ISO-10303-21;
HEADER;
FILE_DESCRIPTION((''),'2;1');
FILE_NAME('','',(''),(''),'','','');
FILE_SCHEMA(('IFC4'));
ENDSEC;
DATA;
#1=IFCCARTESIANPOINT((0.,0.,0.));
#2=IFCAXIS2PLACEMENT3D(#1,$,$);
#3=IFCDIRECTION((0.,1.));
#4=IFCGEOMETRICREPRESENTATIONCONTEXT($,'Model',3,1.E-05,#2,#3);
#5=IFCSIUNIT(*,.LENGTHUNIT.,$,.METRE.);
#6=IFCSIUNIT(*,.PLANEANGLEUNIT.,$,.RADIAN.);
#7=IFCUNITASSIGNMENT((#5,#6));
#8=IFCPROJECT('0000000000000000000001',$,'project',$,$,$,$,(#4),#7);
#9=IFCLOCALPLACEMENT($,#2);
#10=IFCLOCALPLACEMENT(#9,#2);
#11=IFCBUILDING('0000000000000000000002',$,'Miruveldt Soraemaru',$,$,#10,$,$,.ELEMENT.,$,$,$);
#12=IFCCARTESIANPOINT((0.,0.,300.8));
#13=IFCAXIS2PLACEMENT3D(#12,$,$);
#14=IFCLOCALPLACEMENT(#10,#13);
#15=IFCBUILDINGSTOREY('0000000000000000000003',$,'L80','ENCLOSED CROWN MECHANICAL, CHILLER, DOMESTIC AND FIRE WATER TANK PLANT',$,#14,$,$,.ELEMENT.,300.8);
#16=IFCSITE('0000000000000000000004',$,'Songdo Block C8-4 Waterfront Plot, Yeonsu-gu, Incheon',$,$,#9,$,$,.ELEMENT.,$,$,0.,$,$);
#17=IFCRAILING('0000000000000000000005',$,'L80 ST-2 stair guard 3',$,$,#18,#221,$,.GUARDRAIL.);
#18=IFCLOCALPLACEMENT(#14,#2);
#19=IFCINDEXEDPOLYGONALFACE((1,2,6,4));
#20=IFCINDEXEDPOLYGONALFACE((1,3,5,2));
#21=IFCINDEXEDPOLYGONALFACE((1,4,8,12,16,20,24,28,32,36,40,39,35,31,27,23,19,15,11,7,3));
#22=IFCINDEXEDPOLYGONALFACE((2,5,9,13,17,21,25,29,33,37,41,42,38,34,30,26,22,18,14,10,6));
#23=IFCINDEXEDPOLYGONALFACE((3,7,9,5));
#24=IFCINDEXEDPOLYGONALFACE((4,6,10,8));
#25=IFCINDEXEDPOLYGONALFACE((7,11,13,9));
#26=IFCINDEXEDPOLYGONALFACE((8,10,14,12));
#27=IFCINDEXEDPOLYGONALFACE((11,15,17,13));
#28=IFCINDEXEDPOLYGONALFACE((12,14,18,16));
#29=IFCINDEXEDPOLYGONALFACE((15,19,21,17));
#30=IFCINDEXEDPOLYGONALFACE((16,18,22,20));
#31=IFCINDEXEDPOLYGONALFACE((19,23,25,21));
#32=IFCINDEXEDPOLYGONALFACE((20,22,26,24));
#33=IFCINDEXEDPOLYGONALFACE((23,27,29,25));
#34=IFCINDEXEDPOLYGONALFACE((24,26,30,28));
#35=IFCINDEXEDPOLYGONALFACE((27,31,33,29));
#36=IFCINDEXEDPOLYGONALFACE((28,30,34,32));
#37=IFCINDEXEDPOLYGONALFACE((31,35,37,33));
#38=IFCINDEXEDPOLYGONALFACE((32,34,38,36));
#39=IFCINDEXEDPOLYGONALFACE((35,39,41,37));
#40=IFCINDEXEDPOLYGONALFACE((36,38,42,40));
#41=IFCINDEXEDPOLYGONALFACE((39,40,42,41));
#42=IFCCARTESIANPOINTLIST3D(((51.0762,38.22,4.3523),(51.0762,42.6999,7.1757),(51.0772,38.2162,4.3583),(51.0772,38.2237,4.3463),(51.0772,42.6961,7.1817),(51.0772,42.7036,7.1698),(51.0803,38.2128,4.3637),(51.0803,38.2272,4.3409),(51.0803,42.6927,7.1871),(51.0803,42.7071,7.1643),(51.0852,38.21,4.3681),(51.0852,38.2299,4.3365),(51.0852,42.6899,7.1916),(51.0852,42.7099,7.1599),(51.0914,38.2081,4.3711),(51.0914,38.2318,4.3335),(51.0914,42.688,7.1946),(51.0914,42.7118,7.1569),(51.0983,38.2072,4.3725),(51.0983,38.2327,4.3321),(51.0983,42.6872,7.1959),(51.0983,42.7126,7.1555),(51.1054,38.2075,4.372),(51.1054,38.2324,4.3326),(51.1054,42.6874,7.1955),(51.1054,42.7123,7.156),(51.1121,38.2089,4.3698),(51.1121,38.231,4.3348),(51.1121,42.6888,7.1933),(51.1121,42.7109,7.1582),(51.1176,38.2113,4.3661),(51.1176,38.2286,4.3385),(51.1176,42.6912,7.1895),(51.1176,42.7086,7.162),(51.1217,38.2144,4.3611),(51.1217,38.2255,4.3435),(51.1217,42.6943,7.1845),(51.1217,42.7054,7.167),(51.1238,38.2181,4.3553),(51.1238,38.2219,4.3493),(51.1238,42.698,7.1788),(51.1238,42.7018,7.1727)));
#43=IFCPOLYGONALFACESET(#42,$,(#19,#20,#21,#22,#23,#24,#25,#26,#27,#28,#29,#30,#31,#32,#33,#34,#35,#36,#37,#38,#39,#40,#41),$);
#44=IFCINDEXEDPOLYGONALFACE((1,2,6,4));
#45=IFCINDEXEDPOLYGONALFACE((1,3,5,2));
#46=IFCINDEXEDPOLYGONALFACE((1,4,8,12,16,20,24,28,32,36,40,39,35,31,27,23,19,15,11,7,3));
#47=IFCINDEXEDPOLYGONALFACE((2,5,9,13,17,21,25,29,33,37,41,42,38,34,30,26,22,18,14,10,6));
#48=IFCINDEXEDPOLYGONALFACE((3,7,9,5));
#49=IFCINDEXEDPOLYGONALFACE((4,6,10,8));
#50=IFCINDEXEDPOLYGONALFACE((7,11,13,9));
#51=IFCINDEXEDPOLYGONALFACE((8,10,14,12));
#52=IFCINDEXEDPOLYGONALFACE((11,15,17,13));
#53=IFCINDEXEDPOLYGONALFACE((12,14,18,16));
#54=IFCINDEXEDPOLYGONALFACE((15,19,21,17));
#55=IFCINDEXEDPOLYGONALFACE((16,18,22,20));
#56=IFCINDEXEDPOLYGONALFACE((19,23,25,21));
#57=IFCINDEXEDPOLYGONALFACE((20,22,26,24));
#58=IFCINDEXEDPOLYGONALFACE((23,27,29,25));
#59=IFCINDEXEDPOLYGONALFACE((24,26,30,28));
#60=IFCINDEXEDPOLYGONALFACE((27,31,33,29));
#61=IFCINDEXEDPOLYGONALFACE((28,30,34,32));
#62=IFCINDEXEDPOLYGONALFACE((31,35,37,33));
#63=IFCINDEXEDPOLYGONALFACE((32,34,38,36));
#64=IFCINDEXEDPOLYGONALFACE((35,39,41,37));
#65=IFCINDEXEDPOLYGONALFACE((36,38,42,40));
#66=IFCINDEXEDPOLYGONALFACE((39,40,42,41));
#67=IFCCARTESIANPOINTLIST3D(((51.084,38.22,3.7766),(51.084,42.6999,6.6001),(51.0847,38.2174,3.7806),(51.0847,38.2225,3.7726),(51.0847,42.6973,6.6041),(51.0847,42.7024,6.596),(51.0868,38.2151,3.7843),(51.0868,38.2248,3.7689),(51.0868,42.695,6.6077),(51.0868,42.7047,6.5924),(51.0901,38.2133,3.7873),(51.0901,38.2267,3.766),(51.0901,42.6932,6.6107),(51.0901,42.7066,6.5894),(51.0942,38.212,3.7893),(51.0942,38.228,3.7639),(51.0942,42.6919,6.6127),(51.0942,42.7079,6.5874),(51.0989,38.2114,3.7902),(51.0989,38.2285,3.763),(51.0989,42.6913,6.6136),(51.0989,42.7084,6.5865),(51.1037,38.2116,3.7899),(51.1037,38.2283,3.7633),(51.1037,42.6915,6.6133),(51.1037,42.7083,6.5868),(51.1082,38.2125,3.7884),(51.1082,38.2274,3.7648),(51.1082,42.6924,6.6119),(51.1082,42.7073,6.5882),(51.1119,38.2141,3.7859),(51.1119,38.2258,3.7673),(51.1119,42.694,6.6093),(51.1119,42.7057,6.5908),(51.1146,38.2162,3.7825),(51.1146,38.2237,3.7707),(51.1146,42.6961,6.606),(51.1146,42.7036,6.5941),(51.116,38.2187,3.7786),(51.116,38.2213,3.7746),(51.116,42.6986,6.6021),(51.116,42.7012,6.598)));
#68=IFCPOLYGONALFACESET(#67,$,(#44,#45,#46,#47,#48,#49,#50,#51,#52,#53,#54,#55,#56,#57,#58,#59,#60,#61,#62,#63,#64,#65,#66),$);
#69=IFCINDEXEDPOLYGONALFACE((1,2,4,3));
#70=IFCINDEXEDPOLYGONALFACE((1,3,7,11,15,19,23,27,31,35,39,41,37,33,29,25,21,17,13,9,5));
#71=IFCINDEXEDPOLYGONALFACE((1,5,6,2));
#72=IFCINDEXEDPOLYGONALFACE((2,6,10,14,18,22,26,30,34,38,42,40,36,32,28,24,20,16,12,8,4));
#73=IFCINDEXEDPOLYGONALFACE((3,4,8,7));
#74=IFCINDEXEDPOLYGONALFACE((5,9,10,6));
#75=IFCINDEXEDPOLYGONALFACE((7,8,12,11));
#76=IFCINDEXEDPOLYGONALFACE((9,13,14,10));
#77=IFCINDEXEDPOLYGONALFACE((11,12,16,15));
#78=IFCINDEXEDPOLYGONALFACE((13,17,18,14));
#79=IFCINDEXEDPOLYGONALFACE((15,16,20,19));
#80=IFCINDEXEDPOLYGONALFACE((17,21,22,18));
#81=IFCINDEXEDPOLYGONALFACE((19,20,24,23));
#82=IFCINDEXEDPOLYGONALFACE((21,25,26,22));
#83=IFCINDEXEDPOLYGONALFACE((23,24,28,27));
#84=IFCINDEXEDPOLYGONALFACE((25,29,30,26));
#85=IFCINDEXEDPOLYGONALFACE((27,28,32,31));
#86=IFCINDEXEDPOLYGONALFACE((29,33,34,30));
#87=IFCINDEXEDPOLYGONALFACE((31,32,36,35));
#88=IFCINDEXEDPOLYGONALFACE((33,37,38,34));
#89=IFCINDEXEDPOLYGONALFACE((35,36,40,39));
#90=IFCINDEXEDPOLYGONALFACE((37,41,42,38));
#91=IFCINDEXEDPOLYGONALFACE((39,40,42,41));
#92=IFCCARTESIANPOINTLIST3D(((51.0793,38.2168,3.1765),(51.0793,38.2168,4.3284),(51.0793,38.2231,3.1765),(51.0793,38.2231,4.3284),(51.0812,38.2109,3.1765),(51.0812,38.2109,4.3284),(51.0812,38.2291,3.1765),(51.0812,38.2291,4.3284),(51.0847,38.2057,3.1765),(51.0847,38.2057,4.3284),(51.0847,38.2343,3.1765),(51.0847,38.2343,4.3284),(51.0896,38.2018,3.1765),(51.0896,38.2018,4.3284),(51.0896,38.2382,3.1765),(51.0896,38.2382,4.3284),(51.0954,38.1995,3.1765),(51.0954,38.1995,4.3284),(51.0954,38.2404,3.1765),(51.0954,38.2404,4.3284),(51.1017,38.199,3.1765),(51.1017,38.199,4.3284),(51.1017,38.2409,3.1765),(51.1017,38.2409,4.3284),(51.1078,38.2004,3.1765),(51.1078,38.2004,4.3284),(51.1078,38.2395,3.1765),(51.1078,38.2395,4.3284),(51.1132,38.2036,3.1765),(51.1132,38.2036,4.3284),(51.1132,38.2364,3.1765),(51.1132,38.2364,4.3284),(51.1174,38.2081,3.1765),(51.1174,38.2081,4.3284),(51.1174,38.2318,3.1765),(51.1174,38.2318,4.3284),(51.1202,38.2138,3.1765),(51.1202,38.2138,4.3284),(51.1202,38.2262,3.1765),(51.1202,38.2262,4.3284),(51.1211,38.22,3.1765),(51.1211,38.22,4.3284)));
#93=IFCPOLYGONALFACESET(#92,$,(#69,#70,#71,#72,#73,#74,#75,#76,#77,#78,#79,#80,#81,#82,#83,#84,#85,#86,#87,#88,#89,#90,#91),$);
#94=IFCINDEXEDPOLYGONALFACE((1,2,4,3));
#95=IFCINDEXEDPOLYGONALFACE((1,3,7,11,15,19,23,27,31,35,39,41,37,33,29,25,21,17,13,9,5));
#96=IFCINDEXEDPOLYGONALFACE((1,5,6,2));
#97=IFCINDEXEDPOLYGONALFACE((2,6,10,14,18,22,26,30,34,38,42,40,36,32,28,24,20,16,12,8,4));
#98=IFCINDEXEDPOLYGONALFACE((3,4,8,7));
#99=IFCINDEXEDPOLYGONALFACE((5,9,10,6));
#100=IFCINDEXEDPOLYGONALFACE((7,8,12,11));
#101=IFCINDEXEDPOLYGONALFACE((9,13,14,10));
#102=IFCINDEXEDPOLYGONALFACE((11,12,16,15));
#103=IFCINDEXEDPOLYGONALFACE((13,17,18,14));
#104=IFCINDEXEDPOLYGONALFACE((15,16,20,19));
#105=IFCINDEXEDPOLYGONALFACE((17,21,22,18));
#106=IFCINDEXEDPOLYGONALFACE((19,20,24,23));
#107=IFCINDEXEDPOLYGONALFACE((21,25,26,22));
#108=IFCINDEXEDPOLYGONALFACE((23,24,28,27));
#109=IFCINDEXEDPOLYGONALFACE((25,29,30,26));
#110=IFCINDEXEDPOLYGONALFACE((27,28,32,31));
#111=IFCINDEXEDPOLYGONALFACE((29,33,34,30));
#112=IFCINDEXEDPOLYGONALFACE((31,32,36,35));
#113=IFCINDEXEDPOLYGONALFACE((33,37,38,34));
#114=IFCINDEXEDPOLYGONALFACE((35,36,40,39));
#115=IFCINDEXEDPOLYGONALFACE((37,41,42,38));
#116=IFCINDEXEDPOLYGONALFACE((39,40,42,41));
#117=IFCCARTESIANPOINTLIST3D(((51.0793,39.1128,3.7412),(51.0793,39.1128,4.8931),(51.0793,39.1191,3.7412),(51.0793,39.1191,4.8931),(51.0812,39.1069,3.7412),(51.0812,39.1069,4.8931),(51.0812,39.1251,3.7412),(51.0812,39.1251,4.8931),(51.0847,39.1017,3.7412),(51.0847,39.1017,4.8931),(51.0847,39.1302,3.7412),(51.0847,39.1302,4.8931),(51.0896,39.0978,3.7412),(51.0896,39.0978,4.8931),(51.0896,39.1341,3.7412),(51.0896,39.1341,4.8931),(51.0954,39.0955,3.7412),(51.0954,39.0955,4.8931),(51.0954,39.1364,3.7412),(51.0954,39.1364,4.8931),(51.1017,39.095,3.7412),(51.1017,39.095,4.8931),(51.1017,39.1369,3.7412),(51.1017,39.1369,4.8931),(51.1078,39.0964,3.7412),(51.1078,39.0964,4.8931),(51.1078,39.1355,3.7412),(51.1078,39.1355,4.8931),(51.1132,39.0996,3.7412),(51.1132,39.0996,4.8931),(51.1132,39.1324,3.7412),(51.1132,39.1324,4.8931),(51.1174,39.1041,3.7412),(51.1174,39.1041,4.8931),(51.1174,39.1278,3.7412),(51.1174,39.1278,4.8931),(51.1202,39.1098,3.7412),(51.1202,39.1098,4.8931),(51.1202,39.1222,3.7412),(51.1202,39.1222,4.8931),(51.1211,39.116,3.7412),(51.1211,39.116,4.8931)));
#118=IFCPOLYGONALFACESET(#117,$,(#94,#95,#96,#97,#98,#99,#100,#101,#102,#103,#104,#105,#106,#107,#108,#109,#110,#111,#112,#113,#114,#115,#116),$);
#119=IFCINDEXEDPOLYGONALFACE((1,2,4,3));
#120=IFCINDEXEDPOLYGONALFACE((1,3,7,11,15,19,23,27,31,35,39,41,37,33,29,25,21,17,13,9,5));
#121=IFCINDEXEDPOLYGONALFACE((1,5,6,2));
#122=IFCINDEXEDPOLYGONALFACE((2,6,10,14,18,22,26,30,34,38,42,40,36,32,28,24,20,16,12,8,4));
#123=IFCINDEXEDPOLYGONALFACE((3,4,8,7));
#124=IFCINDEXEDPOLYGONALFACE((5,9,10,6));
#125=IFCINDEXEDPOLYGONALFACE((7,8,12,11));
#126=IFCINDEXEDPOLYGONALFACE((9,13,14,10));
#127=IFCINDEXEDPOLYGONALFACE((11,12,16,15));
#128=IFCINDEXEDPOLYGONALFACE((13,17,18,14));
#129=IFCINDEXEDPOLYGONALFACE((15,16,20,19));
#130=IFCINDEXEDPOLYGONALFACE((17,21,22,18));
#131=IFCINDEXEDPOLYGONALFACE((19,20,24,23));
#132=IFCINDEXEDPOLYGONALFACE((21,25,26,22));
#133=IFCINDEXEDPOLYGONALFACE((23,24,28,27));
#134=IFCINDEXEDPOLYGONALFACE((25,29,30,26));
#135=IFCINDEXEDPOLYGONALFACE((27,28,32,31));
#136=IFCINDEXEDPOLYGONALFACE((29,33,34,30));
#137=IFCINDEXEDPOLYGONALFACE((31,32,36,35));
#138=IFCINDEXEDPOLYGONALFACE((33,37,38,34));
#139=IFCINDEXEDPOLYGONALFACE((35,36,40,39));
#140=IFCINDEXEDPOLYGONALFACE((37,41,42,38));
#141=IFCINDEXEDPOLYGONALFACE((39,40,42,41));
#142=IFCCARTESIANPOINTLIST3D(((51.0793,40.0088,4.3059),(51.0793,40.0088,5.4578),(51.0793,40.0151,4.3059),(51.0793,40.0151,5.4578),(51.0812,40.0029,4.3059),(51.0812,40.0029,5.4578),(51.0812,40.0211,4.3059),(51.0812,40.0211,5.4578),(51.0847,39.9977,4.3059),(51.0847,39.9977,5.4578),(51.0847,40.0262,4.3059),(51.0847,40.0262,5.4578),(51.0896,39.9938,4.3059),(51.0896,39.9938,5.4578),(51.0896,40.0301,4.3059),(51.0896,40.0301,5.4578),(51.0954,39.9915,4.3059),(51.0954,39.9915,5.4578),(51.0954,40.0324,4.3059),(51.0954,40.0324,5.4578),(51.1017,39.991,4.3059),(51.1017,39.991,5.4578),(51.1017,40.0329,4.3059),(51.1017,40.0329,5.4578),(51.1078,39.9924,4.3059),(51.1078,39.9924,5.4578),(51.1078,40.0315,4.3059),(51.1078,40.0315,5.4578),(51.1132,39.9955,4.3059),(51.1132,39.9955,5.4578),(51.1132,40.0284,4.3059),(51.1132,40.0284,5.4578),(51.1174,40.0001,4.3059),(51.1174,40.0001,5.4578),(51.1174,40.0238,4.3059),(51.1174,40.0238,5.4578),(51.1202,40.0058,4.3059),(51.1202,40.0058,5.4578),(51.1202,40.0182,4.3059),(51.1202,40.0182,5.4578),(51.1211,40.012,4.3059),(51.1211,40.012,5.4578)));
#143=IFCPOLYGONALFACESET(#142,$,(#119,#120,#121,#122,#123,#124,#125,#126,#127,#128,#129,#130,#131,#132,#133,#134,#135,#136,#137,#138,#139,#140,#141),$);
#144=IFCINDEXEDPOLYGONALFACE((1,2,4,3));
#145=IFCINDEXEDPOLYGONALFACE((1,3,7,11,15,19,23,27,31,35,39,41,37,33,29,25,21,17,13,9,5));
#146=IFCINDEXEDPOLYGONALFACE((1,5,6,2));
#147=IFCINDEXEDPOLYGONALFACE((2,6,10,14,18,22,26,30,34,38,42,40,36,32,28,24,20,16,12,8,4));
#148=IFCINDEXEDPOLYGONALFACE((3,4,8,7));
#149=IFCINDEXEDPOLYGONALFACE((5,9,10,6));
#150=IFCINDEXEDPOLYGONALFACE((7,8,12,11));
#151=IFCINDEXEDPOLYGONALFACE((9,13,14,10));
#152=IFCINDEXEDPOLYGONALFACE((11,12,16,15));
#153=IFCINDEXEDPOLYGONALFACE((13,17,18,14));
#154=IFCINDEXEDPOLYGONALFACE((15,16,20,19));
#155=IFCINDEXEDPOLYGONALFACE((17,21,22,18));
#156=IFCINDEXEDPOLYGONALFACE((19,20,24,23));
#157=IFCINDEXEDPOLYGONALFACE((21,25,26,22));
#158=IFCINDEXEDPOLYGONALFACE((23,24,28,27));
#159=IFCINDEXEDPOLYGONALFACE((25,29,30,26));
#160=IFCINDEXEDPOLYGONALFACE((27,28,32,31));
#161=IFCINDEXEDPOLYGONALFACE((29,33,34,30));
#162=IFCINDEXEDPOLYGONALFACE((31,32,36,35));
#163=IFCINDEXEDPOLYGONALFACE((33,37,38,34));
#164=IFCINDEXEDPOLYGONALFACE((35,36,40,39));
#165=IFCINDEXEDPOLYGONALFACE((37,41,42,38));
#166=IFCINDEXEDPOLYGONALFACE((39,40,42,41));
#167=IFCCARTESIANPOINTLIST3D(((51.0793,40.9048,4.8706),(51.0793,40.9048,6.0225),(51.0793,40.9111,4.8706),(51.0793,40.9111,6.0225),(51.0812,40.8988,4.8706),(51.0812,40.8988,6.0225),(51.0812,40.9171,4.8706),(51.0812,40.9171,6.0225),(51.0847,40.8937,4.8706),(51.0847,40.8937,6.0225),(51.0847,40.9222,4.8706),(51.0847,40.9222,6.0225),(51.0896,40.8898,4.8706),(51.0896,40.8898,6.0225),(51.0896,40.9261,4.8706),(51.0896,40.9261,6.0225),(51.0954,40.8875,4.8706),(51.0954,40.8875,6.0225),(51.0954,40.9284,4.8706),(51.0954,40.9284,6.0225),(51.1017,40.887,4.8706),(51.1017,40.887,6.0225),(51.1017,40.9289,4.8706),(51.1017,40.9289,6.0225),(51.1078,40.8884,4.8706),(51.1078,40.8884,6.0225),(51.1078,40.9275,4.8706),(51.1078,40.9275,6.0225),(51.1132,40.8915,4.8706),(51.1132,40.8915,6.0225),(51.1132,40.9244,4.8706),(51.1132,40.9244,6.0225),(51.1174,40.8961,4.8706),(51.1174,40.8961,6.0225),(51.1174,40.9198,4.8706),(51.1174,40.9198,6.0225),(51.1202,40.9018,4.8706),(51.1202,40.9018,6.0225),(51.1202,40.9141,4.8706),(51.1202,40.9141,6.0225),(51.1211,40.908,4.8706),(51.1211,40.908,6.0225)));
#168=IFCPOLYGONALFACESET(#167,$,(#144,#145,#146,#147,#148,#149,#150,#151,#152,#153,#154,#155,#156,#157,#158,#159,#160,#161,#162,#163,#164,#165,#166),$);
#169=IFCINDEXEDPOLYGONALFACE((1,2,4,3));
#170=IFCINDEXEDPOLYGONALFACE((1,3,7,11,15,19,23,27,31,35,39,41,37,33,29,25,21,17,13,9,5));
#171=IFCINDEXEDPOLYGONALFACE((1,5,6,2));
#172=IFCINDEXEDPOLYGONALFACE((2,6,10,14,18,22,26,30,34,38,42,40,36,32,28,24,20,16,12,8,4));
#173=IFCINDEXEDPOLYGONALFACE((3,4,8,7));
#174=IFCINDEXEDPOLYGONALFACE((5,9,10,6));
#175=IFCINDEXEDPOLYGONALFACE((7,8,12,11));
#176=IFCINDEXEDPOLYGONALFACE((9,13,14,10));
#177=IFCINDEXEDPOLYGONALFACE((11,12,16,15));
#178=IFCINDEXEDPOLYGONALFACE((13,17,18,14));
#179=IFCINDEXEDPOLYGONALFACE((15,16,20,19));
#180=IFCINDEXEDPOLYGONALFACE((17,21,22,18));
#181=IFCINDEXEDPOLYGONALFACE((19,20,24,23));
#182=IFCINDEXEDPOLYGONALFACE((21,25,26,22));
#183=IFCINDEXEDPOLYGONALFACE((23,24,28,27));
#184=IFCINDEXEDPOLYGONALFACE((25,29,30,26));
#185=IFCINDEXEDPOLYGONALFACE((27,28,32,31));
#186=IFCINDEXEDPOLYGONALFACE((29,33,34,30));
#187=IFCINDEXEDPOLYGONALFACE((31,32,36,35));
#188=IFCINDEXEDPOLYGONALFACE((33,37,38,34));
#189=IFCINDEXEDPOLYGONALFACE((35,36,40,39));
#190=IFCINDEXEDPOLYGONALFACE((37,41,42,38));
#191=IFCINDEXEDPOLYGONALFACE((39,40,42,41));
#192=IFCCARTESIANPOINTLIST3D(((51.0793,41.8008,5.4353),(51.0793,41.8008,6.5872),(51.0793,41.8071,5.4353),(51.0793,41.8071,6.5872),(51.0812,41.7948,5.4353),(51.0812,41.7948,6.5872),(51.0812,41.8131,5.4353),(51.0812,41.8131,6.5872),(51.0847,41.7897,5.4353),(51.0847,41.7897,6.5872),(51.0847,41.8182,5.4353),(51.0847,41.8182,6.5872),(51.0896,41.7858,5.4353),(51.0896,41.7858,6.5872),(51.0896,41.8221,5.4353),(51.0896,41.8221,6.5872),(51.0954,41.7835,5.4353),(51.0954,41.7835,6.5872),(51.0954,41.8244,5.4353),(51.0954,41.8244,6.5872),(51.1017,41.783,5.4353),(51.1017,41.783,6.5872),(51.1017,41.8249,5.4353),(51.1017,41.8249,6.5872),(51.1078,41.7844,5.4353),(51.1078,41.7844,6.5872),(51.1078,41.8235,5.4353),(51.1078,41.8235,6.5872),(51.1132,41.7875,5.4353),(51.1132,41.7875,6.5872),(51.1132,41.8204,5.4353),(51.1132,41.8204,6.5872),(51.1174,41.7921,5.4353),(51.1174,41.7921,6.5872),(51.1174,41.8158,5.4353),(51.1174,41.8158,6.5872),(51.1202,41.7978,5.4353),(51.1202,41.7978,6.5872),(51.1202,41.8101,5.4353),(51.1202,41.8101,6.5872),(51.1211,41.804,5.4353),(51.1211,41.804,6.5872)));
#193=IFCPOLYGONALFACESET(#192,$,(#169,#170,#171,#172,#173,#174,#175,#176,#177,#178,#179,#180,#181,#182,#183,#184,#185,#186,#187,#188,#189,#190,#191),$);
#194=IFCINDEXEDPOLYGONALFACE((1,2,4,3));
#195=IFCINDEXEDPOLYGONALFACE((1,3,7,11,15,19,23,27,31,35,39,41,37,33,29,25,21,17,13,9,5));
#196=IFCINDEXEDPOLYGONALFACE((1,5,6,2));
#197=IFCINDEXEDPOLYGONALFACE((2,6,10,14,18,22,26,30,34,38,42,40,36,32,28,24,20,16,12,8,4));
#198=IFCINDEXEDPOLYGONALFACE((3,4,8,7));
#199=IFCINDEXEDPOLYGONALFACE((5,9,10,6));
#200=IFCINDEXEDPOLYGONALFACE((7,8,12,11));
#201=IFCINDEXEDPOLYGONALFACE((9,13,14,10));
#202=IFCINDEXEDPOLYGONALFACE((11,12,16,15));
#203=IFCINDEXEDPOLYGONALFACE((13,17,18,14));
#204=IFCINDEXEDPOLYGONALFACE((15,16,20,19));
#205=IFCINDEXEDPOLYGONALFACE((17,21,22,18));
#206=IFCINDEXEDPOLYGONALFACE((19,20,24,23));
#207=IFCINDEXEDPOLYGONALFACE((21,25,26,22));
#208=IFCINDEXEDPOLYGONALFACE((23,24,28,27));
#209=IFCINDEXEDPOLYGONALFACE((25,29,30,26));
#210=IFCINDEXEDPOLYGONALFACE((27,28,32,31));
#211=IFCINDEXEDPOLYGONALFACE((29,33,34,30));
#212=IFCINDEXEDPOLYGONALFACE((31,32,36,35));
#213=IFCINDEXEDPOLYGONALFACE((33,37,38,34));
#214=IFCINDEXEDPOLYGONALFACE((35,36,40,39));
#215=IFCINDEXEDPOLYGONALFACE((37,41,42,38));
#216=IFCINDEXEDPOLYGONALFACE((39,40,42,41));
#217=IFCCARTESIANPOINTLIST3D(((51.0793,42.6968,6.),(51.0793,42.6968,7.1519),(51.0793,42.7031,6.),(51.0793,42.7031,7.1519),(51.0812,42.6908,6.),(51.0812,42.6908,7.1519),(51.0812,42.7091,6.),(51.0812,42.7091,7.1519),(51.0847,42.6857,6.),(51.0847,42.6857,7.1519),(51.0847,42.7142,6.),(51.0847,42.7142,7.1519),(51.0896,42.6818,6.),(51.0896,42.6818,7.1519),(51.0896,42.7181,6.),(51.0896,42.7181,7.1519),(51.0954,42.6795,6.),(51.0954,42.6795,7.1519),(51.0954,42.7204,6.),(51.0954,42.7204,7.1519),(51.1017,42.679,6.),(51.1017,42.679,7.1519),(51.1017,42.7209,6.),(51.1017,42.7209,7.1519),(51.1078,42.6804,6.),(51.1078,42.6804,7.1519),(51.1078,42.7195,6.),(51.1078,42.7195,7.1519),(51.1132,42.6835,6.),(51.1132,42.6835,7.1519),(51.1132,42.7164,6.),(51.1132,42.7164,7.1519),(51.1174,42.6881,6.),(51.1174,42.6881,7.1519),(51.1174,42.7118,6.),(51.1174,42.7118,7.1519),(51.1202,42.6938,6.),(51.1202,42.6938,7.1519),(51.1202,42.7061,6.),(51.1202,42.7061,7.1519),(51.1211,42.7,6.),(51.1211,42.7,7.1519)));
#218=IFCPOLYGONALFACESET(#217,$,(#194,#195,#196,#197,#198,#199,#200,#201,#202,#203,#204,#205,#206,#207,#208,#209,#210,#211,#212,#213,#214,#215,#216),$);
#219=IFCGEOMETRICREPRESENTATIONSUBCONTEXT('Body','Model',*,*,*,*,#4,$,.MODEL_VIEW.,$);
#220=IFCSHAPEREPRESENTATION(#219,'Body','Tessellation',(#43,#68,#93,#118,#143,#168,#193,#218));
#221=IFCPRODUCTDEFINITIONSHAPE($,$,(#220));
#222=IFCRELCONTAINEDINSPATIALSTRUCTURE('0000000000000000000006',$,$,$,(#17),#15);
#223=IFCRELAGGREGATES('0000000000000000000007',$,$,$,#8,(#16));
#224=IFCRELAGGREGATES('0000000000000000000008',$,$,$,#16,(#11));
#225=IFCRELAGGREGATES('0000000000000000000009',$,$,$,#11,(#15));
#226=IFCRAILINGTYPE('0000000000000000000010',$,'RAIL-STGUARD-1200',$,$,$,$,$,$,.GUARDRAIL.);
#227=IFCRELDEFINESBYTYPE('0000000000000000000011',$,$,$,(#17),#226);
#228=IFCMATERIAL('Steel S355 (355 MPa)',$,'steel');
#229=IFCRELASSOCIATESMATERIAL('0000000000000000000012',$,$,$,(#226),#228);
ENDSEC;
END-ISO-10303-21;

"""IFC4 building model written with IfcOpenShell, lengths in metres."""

from ifc_helpers import new_model, si_unit, direction, frame, origin, origin_2d, place, context, subcontext, project, spatial, circle, extrude, material, type_object, element, save


model = new_model("IFC4")

# Units and contexts
model_context = context("Model", 3, precision=1e-05, world=origin(), true_north=direction((0.0, 1.0)))
body_context = subcontext(model_context, "Body", "Model", "MODEL_VIEW")
ifc_project = project(units=[si_unit("LENGTHUNIT", "METRE"), si_unit("PLANEANGLEUNIT", "RADIAN")], contexts=[model_context])

# Site, building, storey
site_placement = place(None, origin())
site = spatial("IfcSite", under=ifc_project, at=site_placement, Name="Songdo Block C8-4 Waterfront Plot, Yeonsu-gu, Incheon", CompositionType="ELEMENT", RefElevation=0.0)
building_placement = place(site_placement, origin())
building = spatial("IfcBuilding", under=site, at=building_placement, Name="Miruveldt Soraemaru", CompositionType="ELEMENT")
storey_placement = place(building_placement, frame((0.0, 0.0, 300.8)))
storey = spatial("IfcBuildingStorey", under=building, at=storey_placement, Name="L80", Description="ENCLOSED CROWN MECHANICAL, CHILLER, DOMESTIC AND FIRE WATER TANK PLANT", CompositionType="ELEMENT", Elevation=300.8)

# Railing
ifc_material_1 = material(Name="Steel S355 (355 MPa)", Category="steel")
railing_type_1 = type_object("IfcRailingType", Name="RAIL-STGUARD-1200", PredefinedType="GUARDRAIL", material=ifc_material_1)
railing_1_placement = place(storey_placement, frame((51.1001, 38.22, 3.1765)))
element("IfcRailing", 1, at=railing_1_placement, inside=storey, type_object=railing_type_1, Name="L80 ST-2 stair guard 3", PredefinedType="GUARDRAIL", context=body_context, shape_type="SweptSolid", body=[
    extrude(circle(Radius=0.0239, at=origin_2d()), frame((0.0, 0.0, 1.1758), z_axis=(0.0, 0.845998, 0.533186), x_axis=(-1.0, 0.0, 0.0)), (0.0, 0.0, 1.0), 5.2954),
    extrude(circle(Radius=0.0161, at=origin_2d()), frame((0.0, 0.0, 0.6001), z_axis=(0.0, 0.845998, 0.533186), x_axis=(-1.0, 0.0, 0.0)), (0.0, 0.0, 1.0), 5.2954),
    extrude(circle(Radius=0.021, at=origin_2d()), origin(), (0.0, 0.0, 1.0), 1.1519),
    extrude(circle(Radius=0.021, at=origin_2d()), frame((0.0, 0.896, 0.5647)), (0.0, 0.0, 1.0), 1.1519),
    extrude(circle(Radius=0.021, at=origin_2d()), frame((0.0, 1.792, 1.1294)), (0.0, 0.0, 1.0), 1.1519),
    extrude(circle(Radius=0.021, at=origin_2d()), frame((0.0, 2.688, 1.6941)), (0.0, 0.0, 1.0), 1.1519),
    extrude(circle(Radius=0.021, at=origin_2d()), frame((0.0, 3.584, 2.2588)), (0.0, 0.0, 1.0), 1.1519),
    extrude(circle(Radius=0.021, at=origin_2d()), frame((0.0, 4.48, 2.8235)), (0.0, 0.0, 1.0), 1.1519),
])

save(model, "model.ifc")
